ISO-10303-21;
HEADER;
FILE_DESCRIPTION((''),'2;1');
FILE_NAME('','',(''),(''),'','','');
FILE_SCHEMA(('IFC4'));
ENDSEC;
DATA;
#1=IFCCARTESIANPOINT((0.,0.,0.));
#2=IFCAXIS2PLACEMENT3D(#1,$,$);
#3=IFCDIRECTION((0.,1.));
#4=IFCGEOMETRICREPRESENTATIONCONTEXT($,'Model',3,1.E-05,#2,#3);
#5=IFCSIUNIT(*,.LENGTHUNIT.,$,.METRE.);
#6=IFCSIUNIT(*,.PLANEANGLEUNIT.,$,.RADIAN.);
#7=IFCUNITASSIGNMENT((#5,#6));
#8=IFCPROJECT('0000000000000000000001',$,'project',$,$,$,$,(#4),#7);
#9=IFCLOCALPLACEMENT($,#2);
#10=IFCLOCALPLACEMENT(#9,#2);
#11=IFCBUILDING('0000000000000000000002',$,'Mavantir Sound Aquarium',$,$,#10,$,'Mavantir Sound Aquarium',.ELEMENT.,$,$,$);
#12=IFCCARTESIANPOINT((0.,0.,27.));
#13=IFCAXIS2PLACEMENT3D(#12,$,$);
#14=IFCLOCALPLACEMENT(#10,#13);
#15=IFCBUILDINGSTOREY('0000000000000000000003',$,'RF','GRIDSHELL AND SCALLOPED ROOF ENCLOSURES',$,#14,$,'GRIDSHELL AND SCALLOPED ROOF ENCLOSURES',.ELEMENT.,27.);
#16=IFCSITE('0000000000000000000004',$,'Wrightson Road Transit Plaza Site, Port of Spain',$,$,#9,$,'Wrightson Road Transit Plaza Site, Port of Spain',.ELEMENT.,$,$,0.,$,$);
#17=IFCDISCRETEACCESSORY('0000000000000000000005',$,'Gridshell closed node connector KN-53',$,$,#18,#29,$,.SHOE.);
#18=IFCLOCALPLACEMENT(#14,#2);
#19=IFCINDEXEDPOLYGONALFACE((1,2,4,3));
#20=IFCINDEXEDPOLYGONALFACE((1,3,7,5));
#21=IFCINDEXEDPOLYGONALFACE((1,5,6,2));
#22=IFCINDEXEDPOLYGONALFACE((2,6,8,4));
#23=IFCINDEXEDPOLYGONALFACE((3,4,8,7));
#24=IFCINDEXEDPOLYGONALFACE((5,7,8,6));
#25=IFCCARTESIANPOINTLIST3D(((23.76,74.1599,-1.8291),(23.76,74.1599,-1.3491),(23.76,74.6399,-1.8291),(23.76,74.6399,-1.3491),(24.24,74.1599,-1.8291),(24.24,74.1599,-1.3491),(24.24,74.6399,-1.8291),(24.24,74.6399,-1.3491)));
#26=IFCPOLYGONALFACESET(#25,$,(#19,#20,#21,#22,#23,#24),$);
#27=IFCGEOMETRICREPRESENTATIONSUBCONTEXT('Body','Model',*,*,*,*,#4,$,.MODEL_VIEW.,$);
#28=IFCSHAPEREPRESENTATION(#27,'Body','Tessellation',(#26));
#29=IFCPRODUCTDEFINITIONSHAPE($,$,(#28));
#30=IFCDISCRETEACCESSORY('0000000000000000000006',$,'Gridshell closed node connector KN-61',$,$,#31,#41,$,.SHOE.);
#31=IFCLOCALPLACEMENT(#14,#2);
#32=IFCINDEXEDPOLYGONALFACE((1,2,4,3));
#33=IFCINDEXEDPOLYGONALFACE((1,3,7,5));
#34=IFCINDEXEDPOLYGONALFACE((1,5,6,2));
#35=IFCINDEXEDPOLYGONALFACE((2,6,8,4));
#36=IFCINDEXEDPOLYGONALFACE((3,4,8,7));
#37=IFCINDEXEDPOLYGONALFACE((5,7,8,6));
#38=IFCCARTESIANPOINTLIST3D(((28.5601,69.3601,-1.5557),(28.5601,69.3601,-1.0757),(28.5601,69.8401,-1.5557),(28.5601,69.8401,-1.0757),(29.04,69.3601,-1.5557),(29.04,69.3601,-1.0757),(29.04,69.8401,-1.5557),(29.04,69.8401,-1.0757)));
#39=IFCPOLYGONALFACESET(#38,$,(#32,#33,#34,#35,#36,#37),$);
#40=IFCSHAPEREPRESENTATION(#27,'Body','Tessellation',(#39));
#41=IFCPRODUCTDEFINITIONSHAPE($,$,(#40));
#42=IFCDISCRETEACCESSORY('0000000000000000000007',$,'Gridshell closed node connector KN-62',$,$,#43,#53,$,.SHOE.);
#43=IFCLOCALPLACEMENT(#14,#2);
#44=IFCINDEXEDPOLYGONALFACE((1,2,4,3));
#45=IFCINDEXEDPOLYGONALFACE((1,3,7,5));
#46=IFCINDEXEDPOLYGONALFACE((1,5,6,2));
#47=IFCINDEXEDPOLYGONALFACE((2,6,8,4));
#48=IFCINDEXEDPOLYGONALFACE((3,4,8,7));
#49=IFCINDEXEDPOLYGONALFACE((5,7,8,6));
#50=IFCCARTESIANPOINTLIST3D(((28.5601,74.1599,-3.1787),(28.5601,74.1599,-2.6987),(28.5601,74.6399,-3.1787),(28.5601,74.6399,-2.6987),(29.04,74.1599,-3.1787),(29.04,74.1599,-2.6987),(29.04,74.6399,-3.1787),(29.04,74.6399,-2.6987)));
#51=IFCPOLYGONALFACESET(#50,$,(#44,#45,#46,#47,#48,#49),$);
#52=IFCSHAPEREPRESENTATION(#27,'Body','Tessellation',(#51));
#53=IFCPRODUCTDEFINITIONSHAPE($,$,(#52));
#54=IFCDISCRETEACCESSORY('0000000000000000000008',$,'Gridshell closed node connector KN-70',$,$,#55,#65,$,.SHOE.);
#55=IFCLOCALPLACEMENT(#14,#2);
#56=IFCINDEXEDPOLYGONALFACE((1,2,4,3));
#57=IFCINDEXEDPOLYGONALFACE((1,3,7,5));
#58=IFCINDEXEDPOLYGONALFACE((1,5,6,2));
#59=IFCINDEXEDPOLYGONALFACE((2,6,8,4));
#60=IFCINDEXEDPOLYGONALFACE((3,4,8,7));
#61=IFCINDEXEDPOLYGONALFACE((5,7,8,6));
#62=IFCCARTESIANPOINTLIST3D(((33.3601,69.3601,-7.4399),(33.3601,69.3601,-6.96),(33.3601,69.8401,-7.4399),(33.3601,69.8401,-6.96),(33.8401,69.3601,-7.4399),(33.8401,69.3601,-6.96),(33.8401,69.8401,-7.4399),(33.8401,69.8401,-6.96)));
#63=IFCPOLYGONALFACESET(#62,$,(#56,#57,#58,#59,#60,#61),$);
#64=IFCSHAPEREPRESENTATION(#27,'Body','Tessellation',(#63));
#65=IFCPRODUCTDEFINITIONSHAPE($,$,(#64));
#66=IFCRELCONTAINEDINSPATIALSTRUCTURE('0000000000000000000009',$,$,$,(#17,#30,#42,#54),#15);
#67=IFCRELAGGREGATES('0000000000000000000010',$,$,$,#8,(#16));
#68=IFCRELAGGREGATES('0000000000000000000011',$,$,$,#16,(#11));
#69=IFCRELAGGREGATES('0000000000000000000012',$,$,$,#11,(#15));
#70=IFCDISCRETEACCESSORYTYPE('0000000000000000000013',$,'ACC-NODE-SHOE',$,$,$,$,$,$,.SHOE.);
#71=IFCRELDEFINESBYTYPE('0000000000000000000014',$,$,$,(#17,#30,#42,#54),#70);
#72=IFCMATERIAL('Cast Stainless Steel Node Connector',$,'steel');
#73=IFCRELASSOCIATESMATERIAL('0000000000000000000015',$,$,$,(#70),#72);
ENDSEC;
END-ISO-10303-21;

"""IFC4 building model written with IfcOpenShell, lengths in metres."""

from ifc_helpers import new_model, si_unit, direction, frame, origin, origin_2d, place, context, subcontext, project, spatial, rectangle, extrude, material, type_object, element, save


model = new_model("IFC4")

# Units and contexts
model_context = context("Model", 3, precision=1e-05, world=origin(), true_north=direction((0.0, 1.0)))
body_context = subcontext(model_context, "Body", "Model", "MODEL_VIEW")
ifc_project = project(units=[si_unit("LENGTHUNIT", "METRE"), si_unit("PLANEANGLEUNIT", "RADIAN")], contexts=[model_context])

# Site, building, storey
site_placement = place(None, origin())
site = spatial("IfcSite", under=ifc_project, at=site_placement, Name="Wrightson Road Transit Plaza Site, Port of Spain", LongName="Wrightson Road Transit Plaza Site, Port of Spain", CompositionType="ELEMENT", RefElevation=0.0)
building_placement = place(site_placement, origin())
building = spatial("IfcBuilding", under=site, at=building_placement, Name="Mavantir Sound Aquarium", LongName="Mavantir Sound Aquarium", CompositionType="ELEMENT")
storey_placement = place(building_placement, frame((0.0, 0.0, 27.0)))
storey = spatial("IfcBuildingStorey", under=building, at=storey_placement, Name="RF", Description="GRIDSHELL AND SCALLOPED ROOF ENCLOSURES", LongName="GRIDSHELL AND SCALLOPED ROOF ENCLOSURES", CompositionType="ELEMENT", Elevation=27.0)

# Discrete accessories
ifc_material_1 = material(Name="Cast Stainless Steel Node Connector", Category="steel")
discrete_accessory_type = type_object("IfcDiscreteAccessoryType", Name="ACC-NODE-SHOE", PredefinedType="SHOE", material=ifc_material_1)
for number, where, z_axis, x_axis, name in (
    (1, (24.0, 74.3999, -1.8291), (0.0, 0.0, 1.0), (1.0, 0.0, 0.0), "Gridshell closed node connector KN-53"),
    (2, (28.8, 69.6001, -1.5557), (0.0, 0.0, 1.0), (1.0, 0.0, 0.0), "Gridshell closed node connector KN-61"),
    (3, (28.8, 74.3999, -3.1787), (0.0, 0.0, 1.0), (1.0, 0.0, 0.0), "Gridshell closed node connector KN-62"),
    (4, (33.6001, 69.6001, -7.4399), (0.0, 0.0, 1.0), (1.0, 0.0, 0.0), "Gridshell closed node connector KN-70"),
):
    element("IfcDiscreteAccessory", number, at=place(storey_placement, frame(where, z_axis=z_axis, x_axis=x_axis)), inside=storey, type_object=discrete_accessory_type, Name=name, PredefinedType="SHOE", context=body_context, shape_type="SweptSolid", body=[
        extrude(rectangle(XDim=0.48, YDim=0.48, at=origin_2d()), origin(), (0.0, 0.0, 1.0), 0.48),
    ])

save(model, "model.ifc")
